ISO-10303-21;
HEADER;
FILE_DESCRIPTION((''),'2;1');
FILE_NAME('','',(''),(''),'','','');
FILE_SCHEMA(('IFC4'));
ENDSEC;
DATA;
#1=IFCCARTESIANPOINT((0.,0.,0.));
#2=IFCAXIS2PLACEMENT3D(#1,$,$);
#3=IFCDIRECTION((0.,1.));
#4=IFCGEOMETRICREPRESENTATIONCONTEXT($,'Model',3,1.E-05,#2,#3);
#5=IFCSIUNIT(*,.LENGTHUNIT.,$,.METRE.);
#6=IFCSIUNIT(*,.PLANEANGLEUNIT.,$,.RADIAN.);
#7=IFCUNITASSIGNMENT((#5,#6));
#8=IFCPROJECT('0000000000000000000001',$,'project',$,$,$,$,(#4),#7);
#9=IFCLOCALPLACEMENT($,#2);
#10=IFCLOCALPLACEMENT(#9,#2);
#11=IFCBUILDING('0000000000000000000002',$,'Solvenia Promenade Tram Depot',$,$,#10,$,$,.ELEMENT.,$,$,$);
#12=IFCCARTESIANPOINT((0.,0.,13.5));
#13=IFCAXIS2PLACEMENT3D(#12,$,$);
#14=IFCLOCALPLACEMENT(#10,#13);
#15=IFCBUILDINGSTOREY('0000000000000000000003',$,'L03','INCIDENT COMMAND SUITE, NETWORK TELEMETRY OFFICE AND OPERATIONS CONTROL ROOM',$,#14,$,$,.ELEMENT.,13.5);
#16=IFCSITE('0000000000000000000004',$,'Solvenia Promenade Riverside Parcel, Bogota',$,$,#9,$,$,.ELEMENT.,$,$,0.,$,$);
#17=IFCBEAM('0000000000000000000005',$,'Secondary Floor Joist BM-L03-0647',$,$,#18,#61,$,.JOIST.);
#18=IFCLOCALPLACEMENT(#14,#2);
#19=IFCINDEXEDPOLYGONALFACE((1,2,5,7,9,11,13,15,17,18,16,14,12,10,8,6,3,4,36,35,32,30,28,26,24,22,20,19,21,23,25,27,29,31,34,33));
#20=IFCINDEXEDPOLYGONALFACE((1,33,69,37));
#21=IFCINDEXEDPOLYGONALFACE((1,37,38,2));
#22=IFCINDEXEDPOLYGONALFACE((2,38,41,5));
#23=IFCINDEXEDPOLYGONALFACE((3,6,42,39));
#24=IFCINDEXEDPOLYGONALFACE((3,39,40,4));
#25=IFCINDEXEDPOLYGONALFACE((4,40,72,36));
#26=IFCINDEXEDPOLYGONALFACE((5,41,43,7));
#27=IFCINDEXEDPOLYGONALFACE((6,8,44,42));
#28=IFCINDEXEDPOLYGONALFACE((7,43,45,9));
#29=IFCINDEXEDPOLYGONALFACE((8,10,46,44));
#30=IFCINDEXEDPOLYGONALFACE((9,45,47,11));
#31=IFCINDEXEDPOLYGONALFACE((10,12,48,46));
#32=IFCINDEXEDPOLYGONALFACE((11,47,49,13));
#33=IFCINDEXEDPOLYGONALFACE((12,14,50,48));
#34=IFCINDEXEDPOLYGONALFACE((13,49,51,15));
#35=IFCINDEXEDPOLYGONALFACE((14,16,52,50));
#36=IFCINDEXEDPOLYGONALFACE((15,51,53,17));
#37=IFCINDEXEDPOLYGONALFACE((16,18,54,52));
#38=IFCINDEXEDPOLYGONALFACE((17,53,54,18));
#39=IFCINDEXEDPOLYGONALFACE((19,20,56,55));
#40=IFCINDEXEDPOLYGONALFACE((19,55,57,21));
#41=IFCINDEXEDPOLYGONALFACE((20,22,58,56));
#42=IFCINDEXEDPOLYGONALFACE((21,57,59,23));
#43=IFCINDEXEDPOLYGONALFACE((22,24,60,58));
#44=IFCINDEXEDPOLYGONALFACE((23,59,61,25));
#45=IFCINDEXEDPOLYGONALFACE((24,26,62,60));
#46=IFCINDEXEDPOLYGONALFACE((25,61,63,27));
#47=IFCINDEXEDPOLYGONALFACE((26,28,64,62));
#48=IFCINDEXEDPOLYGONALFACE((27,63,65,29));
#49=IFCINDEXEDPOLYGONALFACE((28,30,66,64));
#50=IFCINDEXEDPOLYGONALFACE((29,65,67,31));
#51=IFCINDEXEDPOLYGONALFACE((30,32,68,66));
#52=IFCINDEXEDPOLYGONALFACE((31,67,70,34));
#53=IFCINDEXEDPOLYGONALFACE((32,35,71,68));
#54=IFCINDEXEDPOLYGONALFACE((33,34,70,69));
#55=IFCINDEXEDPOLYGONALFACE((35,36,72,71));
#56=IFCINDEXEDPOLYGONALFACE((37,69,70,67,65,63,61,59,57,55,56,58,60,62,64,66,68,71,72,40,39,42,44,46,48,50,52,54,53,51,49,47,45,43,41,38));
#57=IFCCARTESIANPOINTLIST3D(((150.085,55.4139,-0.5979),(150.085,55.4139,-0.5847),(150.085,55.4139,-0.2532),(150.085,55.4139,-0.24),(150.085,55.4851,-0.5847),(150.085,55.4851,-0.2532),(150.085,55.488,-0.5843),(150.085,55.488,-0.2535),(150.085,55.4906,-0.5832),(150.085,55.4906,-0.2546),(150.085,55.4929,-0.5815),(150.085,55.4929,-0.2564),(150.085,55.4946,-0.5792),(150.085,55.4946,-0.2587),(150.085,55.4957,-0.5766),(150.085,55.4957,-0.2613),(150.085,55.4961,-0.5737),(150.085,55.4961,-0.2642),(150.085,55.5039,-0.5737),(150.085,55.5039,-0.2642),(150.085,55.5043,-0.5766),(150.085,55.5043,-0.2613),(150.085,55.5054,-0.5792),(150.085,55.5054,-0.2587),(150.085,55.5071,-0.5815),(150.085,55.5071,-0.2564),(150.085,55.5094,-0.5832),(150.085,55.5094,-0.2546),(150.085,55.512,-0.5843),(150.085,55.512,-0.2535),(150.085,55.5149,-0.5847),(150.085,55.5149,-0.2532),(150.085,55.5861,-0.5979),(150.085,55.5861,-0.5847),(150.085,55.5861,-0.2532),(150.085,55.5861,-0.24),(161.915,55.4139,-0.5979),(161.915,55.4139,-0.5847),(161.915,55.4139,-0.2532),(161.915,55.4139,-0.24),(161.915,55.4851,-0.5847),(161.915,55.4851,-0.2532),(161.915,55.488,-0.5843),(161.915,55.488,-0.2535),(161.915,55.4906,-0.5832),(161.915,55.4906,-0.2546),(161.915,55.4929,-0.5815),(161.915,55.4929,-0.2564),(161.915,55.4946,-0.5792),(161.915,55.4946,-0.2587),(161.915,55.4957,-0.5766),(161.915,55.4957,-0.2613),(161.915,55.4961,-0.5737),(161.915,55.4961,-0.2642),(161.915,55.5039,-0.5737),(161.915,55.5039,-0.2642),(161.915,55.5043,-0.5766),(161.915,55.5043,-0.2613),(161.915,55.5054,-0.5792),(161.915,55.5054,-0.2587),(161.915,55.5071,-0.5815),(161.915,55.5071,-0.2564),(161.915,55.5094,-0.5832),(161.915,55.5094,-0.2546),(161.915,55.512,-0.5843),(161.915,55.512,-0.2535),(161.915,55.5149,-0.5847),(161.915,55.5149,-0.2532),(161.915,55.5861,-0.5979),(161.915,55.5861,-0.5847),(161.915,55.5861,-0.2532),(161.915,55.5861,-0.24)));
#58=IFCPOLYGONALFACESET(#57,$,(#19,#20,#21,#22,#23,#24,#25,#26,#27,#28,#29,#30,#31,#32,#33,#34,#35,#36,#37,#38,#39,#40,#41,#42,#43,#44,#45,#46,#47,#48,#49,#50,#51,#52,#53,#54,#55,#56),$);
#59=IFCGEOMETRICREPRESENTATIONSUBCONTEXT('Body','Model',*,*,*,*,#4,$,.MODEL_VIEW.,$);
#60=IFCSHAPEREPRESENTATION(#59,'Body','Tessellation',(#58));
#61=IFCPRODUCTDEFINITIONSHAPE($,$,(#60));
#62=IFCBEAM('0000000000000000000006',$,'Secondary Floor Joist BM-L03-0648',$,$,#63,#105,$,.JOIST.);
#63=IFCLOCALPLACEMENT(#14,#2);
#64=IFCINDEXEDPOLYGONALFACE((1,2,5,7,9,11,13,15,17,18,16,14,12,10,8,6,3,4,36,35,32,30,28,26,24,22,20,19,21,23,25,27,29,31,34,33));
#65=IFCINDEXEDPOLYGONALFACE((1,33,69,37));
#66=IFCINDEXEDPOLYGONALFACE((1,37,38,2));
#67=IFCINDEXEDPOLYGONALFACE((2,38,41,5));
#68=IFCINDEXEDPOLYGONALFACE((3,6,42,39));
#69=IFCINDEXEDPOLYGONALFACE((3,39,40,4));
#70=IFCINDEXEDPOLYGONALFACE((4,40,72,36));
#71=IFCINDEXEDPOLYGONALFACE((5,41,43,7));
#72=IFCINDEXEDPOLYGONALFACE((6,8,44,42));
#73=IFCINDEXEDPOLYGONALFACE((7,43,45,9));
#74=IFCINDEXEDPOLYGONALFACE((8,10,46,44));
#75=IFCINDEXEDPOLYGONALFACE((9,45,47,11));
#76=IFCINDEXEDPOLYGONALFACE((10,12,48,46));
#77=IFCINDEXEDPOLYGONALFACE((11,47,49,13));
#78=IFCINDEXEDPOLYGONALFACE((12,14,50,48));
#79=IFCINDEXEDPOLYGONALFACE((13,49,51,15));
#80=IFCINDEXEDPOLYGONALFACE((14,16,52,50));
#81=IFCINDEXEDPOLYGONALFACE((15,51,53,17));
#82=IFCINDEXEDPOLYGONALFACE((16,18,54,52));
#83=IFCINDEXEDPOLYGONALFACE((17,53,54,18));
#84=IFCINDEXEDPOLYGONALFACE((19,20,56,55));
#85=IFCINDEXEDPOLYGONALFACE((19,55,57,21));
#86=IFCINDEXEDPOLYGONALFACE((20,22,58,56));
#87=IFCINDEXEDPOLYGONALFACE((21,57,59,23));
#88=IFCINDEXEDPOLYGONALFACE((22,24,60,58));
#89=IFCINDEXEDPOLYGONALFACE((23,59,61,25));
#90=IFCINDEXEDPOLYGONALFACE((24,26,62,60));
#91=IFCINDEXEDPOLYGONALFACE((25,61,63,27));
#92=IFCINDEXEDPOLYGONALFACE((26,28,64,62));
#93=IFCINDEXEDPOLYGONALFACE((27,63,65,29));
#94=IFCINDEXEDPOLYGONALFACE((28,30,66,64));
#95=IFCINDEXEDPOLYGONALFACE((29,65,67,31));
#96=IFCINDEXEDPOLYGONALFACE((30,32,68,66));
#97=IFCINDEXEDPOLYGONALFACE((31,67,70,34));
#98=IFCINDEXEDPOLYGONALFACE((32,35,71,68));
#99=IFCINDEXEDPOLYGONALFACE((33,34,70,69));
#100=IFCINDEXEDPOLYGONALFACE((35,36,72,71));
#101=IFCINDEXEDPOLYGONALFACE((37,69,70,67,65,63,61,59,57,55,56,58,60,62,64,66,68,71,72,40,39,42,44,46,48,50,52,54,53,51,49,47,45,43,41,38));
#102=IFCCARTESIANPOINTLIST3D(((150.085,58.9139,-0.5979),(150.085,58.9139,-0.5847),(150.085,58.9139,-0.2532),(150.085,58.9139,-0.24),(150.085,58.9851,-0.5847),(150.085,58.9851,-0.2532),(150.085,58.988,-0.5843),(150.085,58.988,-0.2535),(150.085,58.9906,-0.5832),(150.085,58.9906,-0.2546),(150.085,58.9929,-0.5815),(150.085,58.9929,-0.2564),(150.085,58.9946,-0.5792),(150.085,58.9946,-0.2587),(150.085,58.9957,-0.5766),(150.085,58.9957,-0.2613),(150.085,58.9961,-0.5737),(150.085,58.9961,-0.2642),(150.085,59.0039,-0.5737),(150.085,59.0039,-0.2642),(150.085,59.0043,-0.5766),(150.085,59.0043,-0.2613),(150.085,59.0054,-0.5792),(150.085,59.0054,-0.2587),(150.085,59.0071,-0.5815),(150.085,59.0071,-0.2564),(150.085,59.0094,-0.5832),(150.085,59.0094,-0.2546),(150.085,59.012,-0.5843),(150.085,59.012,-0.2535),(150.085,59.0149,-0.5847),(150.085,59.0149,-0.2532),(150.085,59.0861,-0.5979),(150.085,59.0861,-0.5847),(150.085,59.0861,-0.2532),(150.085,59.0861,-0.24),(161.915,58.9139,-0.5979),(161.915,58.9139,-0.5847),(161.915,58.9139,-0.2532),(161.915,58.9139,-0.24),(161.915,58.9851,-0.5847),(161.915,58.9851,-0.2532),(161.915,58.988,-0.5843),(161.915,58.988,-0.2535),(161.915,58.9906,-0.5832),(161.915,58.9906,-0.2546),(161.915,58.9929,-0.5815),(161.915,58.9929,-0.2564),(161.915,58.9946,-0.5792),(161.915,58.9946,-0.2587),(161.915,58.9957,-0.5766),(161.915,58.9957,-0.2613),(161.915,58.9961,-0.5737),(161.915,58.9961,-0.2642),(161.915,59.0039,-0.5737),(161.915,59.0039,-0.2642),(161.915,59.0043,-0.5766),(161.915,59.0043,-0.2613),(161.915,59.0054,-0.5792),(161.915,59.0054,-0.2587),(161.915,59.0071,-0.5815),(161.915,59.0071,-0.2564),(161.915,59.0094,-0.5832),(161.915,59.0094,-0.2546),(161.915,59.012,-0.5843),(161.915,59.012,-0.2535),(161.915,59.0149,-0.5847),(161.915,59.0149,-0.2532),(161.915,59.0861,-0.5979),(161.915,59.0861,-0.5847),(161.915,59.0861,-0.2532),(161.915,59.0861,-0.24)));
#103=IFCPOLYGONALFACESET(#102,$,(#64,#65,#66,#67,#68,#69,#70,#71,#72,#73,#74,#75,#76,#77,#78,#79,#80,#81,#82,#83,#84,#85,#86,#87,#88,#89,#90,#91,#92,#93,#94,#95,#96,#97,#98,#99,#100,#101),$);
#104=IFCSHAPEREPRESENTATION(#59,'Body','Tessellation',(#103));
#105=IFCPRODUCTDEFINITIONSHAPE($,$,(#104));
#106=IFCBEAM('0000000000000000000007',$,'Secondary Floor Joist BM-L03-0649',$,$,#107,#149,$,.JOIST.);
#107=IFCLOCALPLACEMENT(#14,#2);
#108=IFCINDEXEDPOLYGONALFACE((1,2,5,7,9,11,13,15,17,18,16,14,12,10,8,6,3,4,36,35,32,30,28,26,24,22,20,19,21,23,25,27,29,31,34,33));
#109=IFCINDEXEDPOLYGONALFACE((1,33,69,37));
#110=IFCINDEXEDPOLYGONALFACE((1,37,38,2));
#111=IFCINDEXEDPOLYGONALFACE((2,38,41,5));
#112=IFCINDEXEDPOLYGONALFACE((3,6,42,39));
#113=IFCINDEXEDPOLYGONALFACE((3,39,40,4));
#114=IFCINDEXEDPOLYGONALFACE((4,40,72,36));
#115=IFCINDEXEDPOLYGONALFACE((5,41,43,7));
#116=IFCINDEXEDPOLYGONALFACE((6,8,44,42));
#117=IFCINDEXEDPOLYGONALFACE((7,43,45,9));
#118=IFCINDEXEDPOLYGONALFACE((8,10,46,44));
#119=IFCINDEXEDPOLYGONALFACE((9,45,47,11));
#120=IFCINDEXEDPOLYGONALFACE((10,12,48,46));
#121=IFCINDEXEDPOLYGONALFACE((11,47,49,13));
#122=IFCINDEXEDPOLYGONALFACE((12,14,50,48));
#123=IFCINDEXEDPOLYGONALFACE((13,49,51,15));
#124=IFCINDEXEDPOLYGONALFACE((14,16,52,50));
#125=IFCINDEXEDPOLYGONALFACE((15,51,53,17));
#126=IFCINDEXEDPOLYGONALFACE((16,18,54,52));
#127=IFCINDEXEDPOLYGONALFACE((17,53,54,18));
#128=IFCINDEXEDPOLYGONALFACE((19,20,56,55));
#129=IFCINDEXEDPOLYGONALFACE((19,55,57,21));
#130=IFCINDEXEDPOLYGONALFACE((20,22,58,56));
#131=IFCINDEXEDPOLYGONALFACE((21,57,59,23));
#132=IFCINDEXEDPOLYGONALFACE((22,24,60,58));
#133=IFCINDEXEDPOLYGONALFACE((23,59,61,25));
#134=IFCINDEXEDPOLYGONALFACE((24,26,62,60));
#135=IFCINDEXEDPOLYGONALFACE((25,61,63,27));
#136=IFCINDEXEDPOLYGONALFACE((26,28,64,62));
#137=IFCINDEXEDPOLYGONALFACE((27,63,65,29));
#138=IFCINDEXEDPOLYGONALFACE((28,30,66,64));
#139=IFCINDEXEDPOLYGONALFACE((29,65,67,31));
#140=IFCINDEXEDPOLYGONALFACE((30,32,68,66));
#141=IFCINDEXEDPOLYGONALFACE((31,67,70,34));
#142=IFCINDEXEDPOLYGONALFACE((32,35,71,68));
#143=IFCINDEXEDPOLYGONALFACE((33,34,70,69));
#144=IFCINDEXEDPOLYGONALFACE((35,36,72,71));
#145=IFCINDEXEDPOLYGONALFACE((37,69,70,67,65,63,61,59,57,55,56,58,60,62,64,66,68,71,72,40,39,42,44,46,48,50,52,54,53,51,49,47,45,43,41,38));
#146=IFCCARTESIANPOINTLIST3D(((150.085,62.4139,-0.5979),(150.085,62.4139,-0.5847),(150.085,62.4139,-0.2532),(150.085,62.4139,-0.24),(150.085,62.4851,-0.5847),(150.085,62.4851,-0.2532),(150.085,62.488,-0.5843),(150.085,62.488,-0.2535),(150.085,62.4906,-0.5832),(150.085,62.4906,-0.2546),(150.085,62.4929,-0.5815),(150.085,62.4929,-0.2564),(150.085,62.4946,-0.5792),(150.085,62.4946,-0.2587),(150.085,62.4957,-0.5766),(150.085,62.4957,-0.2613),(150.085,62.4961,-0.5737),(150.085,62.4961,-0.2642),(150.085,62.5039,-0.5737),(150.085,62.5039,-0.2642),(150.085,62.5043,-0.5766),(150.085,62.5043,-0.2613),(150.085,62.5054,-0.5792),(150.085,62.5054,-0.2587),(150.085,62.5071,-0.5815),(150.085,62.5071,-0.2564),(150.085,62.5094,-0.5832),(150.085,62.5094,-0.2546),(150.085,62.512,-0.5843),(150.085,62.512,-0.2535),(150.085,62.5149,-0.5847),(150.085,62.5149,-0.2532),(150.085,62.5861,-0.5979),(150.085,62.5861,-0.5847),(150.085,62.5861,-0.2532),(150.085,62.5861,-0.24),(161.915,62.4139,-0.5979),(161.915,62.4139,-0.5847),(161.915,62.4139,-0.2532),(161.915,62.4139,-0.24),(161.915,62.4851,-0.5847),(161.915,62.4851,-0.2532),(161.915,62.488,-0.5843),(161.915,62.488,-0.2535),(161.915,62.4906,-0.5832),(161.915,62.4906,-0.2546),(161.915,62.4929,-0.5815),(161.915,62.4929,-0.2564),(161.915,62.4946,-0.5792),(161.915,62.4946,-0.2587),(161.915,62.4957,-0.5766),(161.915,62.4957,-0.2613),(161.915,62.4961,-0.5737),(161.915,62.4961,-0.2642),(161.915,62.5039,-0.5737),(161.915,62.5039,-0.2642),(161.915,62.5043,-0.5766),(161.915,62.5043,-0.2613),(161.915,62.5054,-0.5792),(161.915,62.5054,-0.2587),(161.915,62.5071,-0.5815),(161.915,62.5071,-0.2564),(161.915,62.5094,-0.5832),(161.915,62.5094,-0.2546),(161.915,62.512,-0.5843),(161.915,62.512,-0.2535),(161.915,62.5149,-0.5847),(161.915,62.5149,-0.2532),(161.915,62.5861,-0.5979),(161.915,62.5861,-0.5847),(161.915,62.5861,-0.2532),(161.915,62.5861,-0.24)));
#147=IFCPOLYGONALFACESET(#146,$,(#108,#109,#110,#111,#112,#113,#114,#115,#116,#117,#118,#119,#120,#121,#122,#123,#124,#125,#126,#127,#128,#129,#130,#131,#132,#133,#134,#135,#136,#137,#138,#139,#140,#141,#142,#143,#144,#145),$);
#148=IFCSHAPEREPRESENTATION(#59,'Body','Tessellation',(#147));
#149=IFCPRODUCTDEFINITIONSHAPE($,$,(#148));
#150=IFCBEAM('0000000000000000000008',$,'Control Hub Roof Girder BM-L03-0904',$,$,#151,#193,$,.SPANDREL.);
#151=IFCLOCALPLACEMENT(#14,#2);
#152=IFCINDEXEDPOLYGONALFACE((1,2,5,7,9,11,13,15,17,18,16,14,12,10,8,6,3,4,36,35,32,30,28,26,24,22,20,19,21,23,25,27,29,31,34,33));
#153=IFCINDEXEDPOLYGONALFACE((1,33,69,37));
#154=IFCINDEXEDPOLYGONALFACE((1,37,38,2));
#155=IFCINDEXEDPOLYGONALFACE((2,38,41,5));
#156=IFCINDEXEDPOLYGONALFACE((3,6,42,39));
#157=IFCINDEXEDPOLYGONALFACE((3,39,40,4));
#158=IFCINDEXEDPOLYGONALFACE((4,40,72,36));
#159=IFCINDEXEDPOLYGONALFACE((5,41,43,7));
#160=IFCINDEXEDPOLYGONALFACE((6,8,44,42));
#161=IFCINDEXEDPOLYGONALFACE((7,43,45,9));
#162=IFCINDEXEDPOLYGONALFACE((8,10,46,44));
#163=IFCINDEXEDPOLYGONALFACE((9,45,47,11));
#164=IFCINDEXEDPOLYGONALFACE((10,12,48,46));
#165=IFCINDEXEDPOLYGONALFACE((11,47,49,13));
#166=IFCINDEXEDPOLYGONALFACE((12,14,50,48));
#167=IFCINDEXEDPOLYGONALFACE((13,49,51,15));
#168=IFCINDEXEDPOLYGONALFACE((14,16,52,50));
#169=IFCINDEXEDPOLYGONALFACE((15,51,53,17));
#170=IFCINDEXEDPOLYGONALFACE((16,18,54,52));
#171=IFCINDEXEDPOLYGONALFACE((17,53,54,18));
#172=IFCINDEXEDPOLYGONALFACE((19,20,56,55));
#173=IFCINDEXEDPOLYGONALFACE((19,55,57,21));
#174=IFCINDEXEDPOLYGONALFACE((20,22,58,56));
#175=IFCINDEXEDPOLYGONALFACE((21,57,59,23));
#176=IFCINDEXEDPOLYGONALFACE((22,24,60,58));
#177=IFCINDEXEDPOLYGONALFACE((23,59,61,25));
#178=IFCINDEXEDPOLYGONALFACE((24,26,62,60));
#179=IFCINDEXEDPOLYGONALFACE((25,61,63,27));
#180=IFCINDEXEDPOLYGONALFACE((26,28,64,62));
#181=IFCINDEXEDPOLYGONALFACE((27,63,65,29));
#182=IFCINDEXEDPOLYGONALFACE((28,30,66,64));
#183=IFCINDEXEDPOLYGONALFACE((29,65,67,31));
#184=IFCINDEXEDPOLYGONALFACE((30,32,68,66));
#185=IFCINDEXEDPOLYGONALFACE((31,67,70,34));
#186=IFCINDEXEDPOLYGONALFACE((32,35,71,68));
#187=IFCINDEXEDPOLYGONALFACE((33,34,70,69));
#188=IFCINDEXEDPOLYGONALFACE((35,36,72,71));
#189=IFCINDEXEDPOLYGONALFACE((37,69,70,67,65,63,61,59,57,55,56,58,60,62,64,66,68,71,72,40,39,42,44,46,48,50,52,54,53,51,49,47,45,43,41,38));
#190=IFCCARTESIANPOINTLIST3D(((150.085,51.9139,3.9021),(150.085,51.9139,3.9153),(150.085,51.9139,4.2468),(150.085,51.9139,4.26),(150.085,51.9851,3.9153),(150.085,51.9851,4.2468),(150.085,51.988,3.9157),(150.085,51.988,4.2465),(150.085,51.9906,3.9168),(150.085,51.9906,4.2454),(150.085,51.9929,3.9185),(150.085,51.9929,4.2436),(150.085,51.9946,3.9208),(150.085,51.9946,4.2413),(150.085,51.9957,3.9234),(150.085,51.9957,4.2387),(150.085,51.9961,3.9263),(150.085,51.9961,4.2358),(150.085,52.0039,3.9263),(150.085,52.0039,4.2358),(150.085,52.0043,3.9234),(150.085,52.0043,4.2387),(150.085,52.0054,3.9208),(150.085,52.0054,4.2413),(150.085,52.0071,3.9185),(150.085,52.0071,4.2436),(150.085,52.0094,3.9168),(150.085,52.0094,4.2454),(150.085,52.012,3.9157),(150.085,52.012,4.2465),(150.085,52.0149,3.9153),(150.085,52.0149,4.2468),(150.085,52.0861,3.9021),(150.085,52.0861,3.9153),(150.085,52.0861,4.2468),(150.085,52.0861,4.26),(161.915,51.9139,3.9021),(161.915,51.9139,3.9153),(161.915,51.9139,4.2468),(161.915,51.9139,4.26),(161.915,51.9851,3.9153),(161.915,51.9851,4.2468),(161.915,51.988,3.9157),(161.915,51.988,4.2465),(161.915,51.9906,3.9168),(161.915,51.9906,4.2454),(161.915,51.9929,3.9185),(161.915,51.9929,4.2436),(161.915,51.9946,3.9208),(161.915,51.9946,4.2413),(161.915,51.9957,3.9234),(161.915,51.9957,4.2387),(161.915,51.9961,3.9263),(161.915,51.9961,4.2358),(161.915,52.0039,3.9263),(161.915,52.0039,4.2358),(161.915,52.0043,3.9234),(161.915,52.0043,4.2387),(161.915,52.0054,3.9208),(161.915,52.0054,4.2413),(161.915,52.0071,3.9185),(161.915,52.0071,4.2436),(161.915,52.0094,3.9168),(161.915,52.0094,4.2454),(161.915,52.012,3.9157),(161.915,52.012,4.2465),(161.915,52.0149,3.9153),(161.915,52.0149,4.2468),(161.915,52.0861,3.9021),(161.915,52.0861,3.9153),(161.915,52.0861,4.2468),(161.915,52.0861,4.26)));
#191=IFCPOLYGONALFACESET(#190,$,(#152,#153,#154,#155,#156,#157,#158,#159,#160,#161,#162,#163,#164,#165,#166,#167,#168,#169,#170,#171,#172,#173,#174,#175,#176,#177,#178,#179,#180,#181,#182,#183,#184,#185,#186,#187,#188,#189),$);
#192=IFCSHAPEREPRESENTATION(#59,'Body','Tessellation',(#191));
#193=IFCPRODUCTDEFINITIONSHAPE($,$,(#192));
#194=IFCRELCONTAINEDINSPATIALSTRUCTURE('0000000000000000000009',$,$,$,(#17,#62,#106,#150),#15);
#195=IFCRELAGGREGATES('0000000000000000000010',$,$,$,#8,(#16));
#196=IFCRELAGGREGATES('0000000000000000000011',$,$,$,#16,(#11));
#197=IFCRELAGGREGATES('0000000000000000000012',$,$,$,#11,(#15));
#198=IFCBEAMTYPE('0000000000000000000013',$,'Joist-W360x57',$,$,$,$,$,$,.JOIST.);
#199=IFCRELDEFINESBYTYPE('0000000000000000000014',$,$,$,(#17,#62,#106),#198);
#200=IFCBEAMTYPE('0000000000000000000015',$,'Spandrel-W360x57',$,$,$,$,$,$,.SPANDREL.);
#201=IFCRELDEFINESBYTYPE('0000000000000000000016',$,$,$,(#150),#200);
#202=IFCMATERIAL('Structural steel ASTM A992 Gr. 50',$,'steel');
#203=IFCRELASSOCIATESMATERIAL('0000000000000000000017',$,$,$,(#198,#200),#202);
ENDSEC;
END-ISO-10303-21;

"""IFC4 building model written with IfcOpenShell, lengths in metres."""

from ifc_helpers import new_model, si_unit, direction, frame, origin, origin_2d, place, context, subcontext, project, spatial, i_section, extrude, material, material_profile, profile_set, type_object, element, save


model = new_model("IFC4")

# Units and contexts
model_context = context("Model", 3, precision=1e-05, world=origin(), true_north=direction((0.0, 1.0)))
body_context = subcontext(model_context, "Body", "Model", "MODEL_VIEW")
ifc_project = project(units=[si_unit("LENGTHUNIT", "METRE"), si_unit("PLANEANGLEUNIT", "RADIAN")], contexts=[model_context])

# Site, building, storey
site_placement = place(None, origin())
site = spatial("IfcSite", under=ifc_project, at=site_placement, Name="Solvenia Promenade Riverside Parcel, Bogota", CompositionType="ELEMENT", RefElevation=0.0)
building_placement = place(site_placement, origin())
building = spatial("IfcBuilding", under=site, at=building_placement, Name="Solvenia Promenade Tram Depot", CompositionType="ELEMENT")
storey_placement = place(building_placement, frame((0.0, 0.0, 13.5)))
storey = spatial("IfcBuildingStorey", under=building, at=storey_placement, Name="L03", Description="INCIDENT COMMAND SUITE, NETWORK TELEMETRY OFFICE AND OPERATIONS CONTROL ROOM", CompositionType="ELEMENT", Elevation=13.5)

# Beams
ifc_material_1 = material(Name="Structural steel ASTM A992 Gr. 50", Category="steel")
ifc_material_profile_1 = material_profile(ifc_material_1, i_section(OverallWidth=0.1721, OverallDepth=0.3579, WebThickness=0.0078, FlangeThickness=0.0132, FilletRadius=0.011, at=origin_2d()), Name="W360x57", Category="steel")
ifc_profile_set_1 = profile_set([ifc_material_profile_1], Name="Structural steel ASTM A992 Gr. 50")
beam_type_1 = type_object("IfcBeamType", Name="Joist-W360x57", PredefinedType="JOIST", material=ifc_profile_set_1)
for number, where, z_axis, x_axis, name in (
    (1, (150.085, 55.5, -0.4189), (1.0, 0.0, 0.0), (0.0, 1.0, 0.0), "Secondary Floor Joist BM-L03-0647"),
    (2, (150.085, 59.0, -0.4189), (1.0, 0.0, 0.0), (0.0, 1.0, 0.0), "Secondary Floor Joist BM-L03-0648"),
    (3, (150.085, 62.5, -0.4189), (1.0, 0.0, 0.0), (0.0, 1.0, 0.0), "Secondary Floor Joist BM-L03-0649"),
):
    element("IfcBeam", number, at=place(storey_placement, frame(where, z_axis=z_axis, x_axis=x_axis)), inside=storey, type_object=beam_type_1, Name=name, PredefinedType="JOIST", context=body_context, shape_type="SweptSolid", body=[
        extrude(i_section(OverallWidth=0.1721, OverallDepth=0.3579, WebThickness=0.0078, FlangeThickness=0.0132, FilletRadius=0.011, at=origin_2d()), origin(), (0.0, 0.0, 1.0), 11.8301),
    ])
ifc_material_profile_2 = material_profile(ifc_material_1, i_section(OverallWidth=0.1721, OverallDepth=0.3579, WebThickness=0.0078, FlangeThickness=0.0132, FilletRadius=0.011, at=origin_2d()), Name="W360x57", Category="steel")
ifc_profile_set_2 = profile_set([ifc_material_profile_2], Name="Structural steel ASTM A992 Gr. 50")
beam_type_2 = type_object("IfcBeamType", Name="Spandrel-W360x57", PredefinedType="SPANDREL", material=ifc_profile_set_2)
for number, where, z_axis, x_axis, name in (
    (4, (150.085, 52.0, 4.0811), (1.0, 0.0, 0.0), (0.0, 1.0, 0.0), "Control Hub Roof Girder BM-L03-0904"),
):
    element("IfcBeam", number, at=place(storey_placement, frame(where, z_axis=z_axis, x_axis=x_axis)), inside=storey, type_object=beam_type_2, Name=name, PredefinedType="SPANDREL", context=body_context, shape_type="SweptSolid", body=[
        extrude(i_section(OverallWidth=0.1721, OverallDepth=0.3579, WebThickness=0.0078, FlangeThickness=0.0132, FilletRadius=0.011, at=origin_2d()), origin(), (0.0, 0.0, 1.0), 11.8301),
    ])

save(model, "model.ifc")
